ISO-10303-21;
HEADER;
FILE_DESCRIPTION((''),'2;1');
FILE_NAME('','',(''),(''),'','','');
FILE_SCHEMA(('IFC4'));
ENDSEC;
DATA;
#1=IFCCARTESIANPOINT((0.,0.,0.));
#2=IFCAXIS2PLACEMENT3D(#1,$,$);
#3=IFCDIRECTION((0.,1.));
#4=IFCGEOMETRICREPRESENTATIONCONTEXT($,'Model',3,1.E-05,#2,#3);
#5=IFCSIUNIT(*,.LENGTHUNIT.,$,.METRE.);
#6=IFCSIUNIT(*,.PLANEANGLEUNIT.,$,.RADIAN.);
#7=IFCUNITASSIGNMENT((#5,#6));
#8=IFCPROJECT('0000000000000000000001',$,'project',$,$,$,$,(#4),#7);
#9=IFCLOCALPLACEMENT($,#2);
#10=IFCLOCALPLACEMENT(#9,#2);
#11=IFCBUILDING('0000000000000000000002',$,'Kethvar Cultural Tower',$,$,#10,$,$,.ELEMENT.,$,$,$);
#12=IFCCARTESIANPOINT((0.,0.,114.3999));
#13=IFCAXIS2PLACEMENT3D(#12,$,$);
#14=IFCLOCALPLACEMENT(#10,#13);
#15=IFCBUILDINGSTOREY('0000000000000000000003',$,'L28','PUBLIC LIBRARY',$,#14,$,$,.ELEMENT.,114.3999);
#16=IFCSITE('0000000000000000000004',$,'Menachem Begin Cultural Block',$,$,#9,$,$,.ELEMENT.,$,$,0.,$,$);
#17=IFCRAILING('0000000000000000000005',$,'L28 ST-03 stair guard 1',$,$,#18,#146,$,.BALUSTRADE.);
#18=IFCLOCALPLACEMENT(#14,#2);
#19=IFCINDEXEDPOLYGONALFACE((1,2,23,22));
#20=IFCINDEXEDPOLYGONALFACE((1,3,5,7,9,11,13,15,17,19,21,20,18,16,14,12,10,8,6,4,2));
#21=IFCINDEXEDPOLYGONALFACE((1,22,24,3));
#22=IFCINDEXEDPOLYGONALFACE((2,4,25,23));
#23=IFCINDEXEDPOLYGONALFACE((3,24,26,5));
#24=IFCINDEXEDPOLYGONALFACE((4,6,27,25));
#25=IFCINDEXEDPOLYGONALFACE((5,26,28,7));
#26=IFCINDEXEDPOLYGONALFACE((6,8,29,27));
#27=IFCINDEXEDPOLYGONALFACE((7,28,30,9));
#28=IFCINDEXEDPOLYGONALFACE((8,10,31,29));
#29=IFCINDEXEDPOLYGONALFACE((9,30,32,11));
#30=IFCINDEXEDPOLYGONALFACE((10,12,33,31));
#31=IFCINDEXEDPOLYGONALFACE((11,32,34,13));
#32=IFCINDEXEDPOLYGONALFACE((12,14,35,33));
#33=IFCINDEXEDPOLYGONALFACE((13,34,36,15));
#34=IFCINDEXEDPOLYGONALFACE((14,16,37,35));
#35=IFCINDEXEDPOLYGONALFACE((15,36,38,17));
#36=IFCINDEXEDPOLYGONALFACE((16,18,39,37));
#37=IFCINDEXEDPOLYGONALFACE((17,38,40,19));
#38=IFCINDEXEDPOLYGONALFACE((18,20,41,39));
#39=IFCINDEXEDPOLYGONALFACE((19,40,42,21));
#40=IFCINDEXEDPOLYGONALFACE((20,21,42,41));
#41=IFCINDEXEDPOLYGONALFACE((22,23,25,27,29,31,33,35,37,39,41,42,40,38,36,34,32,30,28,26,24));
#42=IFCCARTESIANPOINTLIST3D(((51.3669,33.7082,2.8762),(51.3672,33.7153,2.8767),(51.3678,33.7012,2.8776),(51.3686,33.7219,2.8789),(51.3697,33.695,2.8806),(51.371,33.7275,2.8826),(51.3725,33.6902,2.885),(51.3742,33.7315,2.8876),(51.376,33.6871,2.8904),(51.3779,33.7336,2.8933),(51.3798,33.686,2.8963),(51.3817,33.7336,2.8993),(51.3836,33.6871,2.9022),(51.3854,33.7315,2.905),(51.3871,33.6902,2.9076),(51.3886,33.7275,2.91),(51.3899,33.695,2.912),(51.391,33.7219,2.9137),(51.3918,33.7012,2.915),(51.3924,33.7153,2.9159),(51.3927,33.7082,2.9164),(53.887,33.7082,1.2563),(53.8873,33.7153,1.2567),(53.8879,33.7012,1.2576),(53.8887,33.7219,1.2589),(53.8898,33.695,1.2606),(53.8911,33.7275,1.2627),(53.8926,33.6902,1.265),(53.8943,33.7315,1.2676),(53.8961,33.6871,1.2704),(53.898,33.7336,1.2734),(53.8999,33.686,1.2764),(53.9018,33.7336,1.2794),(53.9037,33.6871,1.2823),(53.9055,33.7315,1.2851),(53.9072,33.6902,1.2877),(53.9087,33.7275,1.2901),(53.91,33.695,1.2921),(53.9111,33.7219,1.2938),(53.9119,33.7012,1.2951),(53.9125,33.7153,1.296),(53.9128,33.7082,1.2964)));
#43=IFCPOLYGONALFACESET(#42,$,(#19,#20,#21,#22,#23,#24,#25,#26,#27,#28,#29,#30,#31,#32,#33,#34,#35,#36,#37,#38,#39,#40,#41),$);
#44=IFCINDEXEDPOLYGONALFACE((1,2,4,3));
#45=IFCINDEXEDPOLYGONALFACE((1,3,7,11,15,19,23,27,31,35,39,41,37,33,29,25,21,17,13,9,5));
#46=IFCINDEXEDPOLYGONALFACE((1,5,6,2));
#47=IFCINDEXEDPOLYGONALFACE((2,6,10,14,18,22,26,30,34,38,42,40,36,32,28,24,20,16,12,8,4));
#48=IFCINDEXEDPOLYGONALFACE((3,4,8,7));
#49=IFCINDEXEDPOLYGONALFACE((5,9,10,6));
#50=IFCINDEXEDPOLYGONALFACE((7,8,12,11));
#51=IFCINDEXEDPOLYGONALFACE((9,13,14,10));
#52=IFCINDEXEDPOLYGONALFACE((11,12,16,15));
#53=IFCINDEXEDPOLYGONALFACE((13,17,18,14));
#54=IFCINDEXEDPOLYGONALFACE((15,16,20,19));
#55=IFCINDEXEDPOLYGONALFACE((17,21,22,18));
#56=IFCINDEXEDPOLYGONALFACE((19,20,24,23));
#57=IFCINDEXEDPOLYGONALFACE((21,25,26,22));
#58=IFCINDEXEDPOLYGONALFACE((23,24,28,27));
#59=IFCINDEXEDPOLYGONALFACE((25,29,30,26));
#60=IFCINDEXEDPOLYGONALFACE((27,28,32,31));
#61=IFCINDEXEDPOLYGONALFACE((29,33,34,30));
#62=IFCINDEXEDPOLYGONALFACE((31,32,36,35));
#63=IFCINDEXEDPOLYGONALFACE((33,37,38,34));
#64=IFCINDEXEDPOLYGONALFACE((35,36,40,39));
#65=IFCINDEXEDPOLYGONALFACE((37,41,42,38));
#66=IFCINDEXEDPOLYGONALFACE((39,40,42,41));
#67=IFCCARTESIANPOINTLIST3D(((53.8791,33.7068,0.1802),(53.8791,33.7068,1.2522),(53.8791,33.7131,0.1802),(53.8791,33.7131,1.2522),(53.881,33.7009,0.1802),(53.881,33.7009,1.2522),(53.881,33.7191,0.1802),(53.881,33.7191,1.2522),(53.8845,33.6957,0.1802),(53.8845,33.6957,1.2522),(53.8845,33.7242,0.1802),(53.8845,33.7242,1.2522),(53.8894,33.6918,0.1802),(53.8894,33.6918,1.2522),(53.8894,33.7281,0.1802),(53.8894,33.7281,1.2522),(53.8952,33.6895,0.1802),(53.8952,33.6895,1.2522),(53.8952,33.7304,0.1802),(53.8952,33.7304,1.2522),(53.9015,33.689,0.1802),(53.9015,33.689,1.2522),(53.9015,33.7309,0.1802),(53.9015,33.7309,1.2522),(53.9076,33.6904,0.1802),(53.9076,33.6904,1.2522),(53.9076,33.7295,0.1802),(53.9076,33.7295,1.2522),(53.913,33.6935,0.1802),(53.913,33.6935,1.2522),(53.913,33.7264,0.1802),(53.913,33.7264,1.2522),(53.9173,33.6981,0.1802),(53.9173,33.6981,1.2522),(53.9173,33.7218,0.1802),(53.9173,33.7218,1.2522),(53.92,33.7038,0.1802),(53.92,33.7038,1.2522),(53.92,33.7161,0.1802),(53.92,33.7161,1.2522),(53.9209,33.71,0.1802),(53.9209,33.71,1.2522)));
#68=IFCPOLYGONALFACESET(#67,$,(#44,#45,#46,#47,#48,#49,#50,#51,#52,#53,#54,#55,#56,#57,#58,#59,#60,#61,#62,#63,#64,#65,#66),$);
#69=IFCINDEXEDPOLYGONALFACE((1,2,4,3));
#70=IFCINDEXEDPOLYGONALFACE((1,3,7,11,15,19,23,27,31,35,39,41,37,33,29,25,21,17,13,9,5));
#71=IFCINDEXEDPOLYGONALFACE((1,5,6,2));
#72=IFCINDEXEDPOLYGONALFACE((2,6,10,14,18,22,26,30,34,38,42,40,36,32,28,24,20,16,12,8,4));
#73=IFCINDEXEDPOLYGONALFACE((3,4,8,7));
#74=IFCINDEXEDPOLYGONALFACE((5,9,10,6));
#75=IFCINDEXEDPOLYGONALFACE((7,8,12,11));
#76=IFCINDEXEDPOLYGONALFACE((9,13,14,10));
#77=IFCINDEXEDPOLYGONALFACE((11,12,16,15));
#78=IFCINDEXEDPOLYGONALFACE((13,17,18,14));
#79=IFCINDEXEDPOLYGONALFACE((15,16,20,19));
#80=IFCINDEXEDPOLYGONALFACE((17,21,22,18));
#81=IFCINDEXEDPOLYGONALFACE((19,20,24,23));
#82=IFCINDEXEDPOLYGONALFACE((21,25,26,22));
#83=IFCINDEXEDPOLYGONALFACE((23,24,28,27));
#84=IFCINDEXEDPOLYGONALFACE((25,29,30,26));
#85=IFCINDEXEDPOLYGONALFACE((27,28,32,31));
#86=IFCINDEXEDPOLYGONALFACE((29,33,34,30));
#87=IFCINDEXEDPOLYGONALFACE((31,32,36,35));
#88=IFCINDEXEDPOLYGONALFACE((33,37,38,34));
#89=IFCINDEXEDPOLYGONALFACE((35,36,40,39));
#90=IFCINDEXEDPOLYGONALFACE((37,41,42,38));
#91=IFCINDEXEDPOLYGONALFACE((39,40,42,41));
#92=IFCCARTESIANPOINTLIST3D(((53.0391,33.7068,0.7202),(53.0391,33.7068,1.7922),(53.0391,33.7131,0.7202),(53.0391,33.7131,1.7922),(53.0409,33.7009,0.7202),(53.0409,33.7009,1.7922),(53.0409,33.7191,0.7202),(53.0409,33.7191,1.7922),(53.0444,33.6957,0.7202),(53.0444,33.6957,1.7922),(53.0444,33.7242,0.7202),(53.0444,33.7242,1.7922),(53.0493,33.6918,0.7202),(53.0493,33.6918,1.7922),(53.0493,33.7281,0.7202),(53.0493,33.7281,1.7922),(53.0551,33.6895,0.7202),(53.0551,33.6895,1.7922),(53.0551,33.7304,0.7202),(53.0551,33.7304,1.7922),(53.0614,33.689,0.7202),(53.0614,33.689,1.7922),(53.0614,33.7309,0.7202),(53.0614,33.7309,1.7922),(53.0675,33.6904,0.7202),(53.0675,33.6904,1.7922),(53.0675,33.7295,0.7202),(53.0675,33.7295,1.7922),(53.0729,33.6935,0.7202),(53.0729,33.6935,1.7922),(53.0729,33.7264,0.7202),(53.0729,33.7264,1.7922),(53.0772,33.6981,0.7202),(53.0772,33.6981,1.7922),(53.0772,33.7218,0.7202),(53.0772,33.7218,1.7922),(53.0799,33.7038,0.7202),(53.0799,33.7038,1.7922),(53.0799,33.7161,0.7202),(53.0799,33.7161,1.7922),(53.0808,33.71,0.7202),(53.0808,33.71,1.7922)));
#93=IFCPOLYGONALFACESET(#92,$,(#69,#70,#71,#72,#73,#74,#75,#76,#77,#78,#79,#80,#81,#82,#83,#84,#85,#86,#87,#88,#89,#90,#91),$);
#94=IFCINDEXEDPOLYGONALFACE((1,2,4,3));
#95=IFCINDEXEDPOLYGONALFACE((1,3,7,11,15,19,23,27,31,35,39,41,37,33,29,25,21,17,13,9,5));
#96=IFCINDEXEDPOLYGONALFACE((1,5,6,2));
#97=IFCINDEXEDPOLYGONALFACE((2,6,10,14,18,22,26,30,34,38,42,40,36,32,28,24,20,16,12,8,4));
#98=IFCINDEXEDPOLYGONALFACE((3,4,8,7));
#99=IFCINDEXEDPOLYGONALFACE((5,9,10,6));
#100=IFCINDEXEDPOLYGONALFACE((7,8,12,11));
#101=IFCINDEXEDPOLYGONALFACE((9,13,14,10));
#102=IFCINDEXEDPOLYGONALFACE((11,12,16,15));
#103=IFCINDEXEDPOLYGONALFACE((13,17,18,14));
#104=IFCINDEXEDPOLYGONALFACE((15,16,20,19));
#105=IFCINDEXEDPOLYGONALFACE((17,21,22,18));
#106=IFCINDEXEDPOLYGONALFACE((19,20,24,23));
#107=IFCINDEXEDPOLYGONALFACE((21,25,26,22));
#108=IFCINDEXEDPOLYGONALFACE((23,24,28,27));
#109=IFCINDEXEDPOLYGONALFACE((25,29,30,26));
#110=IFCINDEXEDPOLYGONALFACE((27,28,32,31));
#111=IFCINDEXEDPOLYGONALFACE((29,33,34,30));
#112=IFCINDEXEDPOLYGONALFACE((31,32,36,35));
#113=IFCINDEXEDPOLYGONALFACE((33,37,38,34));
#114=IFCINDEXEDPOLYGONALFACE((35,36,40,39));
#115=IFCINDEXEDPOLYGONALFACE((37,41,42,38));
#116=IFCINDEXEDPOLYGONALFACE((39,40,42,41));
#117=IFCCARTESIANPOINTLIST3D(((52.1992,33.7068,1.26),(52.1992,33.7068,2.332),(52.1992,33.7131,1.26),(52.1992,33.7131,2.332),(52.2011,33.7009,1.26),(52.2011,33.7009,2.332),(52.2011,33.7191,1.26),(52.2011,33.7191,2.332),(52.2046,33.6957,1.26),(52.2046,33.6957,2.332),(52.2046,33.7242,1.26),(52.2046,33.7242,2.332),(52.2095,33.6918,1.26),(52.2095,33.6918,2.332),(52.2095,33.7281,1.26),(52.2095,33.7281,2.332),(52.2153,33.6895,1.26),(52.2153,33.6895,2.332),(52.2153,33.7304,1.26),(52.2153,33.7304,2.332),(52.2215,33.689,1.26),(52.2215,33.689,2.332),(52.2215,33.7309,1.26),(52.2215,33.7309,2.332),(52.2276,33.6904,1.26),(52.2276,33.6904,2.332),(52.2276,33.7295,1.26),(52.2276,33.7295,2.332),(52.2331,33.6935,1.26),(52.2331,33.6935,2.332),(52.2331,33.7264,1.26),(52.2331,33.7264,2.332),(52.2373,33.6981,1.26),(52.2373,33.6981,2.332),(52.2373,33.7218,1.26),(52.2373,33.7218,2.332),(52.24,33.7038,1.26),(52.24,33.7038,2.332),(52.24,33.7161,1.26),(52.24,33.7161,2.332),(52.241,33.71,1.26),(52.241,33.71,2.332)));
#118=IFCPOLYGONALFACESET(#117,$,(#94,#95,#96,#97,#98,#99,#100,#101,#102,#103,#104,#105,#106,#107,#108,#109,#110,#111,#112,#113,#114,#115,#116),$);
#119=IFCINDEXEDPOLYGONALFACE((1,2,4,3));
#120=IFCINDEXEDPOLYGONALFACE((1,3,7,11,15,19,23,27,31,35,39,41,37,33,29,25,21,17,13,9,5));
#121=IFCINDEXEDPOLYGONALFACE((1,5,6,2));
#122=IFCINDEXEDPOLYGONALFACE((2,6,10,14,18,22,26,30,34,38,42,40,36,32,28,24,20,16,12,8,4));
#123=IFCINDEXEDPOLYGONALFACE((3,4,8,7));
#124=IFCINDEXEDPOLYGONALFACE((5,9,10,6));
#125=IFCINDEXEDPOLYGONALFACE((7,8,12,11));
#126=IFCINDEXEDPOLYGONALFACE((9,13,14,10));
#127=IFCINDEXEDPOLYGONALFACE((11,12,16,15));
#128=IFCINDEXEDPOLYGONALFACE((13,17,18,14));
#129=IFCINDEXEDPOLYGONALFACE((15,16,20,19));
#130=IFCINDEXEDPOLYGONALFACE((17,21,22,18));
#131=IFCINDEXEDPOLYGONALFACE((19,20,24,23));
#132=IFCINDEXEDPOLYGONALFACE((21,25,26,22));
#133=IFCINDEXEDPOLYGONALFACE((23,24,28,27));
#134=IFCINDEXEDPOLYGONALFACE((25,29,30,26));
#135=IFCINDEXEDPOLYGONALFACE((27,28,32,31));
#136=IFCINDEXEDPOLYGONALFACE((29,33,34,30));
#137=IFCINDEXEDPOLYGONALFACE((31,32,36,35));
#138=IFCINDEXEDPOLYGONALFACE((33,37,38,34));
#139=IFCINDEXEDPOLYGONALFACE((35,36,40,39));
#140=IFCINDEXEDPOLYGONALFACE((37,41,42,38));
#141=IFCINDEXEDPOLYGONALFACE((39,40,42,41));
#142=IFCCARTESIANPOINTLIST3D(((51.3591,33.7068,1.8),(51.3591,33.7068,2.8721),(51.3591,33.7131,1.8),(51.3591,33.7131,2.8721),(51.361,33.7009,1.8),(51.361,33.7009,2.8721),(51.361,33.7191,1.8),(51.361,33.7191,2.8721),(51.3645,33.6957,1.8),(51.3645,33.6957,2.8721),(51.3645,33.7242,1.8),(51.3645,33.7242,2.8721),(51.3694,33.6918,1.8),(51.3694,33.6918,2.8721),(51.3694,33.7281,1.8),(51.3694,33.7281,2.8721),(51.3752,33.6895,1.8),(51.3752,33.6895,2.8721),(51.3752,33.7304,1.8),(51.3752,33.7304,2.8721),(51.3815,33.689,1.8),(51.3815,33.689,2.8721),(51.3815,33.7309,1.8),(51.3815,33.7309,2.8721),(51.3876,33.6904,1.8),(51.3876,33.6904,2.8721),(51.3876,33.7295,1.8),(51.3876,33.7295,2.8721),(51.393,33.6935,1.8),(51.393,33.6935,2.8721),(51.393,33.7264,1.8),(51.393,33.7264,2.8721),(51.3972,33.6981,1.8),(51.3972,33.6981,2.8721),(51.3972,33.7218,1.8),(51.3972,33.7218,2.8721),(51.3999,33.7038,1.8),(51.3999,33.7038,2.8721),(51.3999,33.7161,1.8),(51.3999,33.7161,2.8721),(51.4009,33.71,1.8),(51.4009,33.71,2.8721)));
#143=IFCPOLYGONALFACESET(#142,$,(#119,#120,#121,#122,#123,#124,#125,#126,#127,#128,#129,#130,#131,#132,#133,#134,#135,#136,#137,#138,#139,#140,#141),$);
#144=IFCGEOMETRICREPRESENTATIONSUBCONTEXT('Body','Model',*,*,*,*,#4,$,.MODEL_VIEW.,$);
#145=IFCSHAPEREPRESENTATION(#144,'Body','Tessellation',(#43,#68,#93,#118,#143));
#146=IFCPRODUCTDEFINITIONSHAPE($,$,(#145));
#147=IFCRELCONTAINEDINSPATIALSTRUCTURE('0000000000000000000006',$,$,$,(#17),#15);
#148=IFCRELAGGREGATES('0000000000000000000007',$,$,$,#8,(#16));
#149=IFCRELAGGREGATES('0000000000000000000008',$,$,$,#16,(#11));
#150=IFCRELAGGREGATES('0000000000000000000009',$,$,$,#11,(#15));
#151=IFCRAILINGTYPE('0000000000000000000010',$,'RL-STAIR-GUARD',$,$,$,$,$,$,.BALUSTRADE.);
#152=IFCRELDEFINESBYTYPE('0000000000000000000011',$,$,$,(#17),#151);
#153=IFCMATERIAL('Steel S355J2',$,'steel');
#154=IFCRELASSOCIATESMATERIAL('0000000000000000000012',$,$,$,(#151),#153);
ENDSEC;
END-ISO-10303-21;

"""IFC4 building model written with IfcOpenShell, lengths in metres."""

from ifc_helpers import new_model, si_unit, direction, frame, origin, origin_2d, place, context, subcontext, project, spatial, circle, extrude, material, type_object, element, save


model = new_model("IFC4")

# Units and contexts
model_context = context("Model", 3, precision=1e-05, world=origin(), true_north=direction((0.0, 1.0)))
body_context = subcontext(model_context, "Body", "Model", "MODEL_VIEW")
ifc_project = project(units=[si_unit("LENGTHUNIT", "METRE"), si_unit("PLANEANGLEUNIT", "RADIAN")], contexts=[model_context])

# Site, building, storey
site_placement = place(None, origin())
site = spatial("IfcSite", under=ifc_project, at=site_placement, Name="Menachem Begin Cultural Block", CompositionType="ELEMENT", RefElevation=0.0)
building_placement = place(site_placement, origin())
building = spatial("IfcBuilding", under=site, at=building_placement, Name="Kethvar Cultural Tower", CompositionType="ELEMENT")
storey_placement = place(building_placement, frame((0.0, 0.0, 114.3999)))
storey = spatial("IfcBuildingStorey", under=building, at=storey_placement, Name="L28", Description="PUBLIC LIBRARY", CompositionType="ELEMENT", Elevation=114.3999)

# Shared definitions
ifc_material_1 = material(Name="Steel S355J2", Category="steel")

# Railing
railing_type_1 = type_object("IfcRailingType", Name="RL-STAIR-GUARD", PredefinedType="BALUSTRADE", material=ifc_material_1)
railing_1_placement = place(storey_placement, frame((53.8999, 33.71, 0.1802)))
element("IfcRailing", 1, at=railing_1_placement, inside=storey, type_object=railing_type_1, Name="L28 ST-03 stair guard 1", PredefinedType="BALUSTRADE", context=body_context, shape_type="SweptSolid", body=[
    extrude(circle(Radius=0.0239, at=origin_2d()), frame((0.0, 0.0, 1.0962), z_axis=(-0.8412, 0.0, 0.540725), x_axis=(0.0, -1.0, 0.0)), (0.0, 0.0, 1.0), 2.9958),
    extrude(circle(Radius=0.021, at=origin_2d()), origin(), (0.0, 0.0, 1.0), 1.072),
    extrude(circle(Radius=0.021, at=origin_2d()), frame((-0.8401, 0.0, 0.54)), (0.0, 0.0, 1.0), 1.072),
    extrude(circle(Radius=0.021, at=origin_2d()), frame((-1.6799, 0.0, 1.0798)), (0.0, 0.0, 1.0), 1.072),
    extrude(circle(Radius=0.021, at=origin_2d()), frame((-2.52, 0.0, 1.6199)), (0.0, 0.0, 1.0), 1.072),
])

save(model, "model.ifc")
